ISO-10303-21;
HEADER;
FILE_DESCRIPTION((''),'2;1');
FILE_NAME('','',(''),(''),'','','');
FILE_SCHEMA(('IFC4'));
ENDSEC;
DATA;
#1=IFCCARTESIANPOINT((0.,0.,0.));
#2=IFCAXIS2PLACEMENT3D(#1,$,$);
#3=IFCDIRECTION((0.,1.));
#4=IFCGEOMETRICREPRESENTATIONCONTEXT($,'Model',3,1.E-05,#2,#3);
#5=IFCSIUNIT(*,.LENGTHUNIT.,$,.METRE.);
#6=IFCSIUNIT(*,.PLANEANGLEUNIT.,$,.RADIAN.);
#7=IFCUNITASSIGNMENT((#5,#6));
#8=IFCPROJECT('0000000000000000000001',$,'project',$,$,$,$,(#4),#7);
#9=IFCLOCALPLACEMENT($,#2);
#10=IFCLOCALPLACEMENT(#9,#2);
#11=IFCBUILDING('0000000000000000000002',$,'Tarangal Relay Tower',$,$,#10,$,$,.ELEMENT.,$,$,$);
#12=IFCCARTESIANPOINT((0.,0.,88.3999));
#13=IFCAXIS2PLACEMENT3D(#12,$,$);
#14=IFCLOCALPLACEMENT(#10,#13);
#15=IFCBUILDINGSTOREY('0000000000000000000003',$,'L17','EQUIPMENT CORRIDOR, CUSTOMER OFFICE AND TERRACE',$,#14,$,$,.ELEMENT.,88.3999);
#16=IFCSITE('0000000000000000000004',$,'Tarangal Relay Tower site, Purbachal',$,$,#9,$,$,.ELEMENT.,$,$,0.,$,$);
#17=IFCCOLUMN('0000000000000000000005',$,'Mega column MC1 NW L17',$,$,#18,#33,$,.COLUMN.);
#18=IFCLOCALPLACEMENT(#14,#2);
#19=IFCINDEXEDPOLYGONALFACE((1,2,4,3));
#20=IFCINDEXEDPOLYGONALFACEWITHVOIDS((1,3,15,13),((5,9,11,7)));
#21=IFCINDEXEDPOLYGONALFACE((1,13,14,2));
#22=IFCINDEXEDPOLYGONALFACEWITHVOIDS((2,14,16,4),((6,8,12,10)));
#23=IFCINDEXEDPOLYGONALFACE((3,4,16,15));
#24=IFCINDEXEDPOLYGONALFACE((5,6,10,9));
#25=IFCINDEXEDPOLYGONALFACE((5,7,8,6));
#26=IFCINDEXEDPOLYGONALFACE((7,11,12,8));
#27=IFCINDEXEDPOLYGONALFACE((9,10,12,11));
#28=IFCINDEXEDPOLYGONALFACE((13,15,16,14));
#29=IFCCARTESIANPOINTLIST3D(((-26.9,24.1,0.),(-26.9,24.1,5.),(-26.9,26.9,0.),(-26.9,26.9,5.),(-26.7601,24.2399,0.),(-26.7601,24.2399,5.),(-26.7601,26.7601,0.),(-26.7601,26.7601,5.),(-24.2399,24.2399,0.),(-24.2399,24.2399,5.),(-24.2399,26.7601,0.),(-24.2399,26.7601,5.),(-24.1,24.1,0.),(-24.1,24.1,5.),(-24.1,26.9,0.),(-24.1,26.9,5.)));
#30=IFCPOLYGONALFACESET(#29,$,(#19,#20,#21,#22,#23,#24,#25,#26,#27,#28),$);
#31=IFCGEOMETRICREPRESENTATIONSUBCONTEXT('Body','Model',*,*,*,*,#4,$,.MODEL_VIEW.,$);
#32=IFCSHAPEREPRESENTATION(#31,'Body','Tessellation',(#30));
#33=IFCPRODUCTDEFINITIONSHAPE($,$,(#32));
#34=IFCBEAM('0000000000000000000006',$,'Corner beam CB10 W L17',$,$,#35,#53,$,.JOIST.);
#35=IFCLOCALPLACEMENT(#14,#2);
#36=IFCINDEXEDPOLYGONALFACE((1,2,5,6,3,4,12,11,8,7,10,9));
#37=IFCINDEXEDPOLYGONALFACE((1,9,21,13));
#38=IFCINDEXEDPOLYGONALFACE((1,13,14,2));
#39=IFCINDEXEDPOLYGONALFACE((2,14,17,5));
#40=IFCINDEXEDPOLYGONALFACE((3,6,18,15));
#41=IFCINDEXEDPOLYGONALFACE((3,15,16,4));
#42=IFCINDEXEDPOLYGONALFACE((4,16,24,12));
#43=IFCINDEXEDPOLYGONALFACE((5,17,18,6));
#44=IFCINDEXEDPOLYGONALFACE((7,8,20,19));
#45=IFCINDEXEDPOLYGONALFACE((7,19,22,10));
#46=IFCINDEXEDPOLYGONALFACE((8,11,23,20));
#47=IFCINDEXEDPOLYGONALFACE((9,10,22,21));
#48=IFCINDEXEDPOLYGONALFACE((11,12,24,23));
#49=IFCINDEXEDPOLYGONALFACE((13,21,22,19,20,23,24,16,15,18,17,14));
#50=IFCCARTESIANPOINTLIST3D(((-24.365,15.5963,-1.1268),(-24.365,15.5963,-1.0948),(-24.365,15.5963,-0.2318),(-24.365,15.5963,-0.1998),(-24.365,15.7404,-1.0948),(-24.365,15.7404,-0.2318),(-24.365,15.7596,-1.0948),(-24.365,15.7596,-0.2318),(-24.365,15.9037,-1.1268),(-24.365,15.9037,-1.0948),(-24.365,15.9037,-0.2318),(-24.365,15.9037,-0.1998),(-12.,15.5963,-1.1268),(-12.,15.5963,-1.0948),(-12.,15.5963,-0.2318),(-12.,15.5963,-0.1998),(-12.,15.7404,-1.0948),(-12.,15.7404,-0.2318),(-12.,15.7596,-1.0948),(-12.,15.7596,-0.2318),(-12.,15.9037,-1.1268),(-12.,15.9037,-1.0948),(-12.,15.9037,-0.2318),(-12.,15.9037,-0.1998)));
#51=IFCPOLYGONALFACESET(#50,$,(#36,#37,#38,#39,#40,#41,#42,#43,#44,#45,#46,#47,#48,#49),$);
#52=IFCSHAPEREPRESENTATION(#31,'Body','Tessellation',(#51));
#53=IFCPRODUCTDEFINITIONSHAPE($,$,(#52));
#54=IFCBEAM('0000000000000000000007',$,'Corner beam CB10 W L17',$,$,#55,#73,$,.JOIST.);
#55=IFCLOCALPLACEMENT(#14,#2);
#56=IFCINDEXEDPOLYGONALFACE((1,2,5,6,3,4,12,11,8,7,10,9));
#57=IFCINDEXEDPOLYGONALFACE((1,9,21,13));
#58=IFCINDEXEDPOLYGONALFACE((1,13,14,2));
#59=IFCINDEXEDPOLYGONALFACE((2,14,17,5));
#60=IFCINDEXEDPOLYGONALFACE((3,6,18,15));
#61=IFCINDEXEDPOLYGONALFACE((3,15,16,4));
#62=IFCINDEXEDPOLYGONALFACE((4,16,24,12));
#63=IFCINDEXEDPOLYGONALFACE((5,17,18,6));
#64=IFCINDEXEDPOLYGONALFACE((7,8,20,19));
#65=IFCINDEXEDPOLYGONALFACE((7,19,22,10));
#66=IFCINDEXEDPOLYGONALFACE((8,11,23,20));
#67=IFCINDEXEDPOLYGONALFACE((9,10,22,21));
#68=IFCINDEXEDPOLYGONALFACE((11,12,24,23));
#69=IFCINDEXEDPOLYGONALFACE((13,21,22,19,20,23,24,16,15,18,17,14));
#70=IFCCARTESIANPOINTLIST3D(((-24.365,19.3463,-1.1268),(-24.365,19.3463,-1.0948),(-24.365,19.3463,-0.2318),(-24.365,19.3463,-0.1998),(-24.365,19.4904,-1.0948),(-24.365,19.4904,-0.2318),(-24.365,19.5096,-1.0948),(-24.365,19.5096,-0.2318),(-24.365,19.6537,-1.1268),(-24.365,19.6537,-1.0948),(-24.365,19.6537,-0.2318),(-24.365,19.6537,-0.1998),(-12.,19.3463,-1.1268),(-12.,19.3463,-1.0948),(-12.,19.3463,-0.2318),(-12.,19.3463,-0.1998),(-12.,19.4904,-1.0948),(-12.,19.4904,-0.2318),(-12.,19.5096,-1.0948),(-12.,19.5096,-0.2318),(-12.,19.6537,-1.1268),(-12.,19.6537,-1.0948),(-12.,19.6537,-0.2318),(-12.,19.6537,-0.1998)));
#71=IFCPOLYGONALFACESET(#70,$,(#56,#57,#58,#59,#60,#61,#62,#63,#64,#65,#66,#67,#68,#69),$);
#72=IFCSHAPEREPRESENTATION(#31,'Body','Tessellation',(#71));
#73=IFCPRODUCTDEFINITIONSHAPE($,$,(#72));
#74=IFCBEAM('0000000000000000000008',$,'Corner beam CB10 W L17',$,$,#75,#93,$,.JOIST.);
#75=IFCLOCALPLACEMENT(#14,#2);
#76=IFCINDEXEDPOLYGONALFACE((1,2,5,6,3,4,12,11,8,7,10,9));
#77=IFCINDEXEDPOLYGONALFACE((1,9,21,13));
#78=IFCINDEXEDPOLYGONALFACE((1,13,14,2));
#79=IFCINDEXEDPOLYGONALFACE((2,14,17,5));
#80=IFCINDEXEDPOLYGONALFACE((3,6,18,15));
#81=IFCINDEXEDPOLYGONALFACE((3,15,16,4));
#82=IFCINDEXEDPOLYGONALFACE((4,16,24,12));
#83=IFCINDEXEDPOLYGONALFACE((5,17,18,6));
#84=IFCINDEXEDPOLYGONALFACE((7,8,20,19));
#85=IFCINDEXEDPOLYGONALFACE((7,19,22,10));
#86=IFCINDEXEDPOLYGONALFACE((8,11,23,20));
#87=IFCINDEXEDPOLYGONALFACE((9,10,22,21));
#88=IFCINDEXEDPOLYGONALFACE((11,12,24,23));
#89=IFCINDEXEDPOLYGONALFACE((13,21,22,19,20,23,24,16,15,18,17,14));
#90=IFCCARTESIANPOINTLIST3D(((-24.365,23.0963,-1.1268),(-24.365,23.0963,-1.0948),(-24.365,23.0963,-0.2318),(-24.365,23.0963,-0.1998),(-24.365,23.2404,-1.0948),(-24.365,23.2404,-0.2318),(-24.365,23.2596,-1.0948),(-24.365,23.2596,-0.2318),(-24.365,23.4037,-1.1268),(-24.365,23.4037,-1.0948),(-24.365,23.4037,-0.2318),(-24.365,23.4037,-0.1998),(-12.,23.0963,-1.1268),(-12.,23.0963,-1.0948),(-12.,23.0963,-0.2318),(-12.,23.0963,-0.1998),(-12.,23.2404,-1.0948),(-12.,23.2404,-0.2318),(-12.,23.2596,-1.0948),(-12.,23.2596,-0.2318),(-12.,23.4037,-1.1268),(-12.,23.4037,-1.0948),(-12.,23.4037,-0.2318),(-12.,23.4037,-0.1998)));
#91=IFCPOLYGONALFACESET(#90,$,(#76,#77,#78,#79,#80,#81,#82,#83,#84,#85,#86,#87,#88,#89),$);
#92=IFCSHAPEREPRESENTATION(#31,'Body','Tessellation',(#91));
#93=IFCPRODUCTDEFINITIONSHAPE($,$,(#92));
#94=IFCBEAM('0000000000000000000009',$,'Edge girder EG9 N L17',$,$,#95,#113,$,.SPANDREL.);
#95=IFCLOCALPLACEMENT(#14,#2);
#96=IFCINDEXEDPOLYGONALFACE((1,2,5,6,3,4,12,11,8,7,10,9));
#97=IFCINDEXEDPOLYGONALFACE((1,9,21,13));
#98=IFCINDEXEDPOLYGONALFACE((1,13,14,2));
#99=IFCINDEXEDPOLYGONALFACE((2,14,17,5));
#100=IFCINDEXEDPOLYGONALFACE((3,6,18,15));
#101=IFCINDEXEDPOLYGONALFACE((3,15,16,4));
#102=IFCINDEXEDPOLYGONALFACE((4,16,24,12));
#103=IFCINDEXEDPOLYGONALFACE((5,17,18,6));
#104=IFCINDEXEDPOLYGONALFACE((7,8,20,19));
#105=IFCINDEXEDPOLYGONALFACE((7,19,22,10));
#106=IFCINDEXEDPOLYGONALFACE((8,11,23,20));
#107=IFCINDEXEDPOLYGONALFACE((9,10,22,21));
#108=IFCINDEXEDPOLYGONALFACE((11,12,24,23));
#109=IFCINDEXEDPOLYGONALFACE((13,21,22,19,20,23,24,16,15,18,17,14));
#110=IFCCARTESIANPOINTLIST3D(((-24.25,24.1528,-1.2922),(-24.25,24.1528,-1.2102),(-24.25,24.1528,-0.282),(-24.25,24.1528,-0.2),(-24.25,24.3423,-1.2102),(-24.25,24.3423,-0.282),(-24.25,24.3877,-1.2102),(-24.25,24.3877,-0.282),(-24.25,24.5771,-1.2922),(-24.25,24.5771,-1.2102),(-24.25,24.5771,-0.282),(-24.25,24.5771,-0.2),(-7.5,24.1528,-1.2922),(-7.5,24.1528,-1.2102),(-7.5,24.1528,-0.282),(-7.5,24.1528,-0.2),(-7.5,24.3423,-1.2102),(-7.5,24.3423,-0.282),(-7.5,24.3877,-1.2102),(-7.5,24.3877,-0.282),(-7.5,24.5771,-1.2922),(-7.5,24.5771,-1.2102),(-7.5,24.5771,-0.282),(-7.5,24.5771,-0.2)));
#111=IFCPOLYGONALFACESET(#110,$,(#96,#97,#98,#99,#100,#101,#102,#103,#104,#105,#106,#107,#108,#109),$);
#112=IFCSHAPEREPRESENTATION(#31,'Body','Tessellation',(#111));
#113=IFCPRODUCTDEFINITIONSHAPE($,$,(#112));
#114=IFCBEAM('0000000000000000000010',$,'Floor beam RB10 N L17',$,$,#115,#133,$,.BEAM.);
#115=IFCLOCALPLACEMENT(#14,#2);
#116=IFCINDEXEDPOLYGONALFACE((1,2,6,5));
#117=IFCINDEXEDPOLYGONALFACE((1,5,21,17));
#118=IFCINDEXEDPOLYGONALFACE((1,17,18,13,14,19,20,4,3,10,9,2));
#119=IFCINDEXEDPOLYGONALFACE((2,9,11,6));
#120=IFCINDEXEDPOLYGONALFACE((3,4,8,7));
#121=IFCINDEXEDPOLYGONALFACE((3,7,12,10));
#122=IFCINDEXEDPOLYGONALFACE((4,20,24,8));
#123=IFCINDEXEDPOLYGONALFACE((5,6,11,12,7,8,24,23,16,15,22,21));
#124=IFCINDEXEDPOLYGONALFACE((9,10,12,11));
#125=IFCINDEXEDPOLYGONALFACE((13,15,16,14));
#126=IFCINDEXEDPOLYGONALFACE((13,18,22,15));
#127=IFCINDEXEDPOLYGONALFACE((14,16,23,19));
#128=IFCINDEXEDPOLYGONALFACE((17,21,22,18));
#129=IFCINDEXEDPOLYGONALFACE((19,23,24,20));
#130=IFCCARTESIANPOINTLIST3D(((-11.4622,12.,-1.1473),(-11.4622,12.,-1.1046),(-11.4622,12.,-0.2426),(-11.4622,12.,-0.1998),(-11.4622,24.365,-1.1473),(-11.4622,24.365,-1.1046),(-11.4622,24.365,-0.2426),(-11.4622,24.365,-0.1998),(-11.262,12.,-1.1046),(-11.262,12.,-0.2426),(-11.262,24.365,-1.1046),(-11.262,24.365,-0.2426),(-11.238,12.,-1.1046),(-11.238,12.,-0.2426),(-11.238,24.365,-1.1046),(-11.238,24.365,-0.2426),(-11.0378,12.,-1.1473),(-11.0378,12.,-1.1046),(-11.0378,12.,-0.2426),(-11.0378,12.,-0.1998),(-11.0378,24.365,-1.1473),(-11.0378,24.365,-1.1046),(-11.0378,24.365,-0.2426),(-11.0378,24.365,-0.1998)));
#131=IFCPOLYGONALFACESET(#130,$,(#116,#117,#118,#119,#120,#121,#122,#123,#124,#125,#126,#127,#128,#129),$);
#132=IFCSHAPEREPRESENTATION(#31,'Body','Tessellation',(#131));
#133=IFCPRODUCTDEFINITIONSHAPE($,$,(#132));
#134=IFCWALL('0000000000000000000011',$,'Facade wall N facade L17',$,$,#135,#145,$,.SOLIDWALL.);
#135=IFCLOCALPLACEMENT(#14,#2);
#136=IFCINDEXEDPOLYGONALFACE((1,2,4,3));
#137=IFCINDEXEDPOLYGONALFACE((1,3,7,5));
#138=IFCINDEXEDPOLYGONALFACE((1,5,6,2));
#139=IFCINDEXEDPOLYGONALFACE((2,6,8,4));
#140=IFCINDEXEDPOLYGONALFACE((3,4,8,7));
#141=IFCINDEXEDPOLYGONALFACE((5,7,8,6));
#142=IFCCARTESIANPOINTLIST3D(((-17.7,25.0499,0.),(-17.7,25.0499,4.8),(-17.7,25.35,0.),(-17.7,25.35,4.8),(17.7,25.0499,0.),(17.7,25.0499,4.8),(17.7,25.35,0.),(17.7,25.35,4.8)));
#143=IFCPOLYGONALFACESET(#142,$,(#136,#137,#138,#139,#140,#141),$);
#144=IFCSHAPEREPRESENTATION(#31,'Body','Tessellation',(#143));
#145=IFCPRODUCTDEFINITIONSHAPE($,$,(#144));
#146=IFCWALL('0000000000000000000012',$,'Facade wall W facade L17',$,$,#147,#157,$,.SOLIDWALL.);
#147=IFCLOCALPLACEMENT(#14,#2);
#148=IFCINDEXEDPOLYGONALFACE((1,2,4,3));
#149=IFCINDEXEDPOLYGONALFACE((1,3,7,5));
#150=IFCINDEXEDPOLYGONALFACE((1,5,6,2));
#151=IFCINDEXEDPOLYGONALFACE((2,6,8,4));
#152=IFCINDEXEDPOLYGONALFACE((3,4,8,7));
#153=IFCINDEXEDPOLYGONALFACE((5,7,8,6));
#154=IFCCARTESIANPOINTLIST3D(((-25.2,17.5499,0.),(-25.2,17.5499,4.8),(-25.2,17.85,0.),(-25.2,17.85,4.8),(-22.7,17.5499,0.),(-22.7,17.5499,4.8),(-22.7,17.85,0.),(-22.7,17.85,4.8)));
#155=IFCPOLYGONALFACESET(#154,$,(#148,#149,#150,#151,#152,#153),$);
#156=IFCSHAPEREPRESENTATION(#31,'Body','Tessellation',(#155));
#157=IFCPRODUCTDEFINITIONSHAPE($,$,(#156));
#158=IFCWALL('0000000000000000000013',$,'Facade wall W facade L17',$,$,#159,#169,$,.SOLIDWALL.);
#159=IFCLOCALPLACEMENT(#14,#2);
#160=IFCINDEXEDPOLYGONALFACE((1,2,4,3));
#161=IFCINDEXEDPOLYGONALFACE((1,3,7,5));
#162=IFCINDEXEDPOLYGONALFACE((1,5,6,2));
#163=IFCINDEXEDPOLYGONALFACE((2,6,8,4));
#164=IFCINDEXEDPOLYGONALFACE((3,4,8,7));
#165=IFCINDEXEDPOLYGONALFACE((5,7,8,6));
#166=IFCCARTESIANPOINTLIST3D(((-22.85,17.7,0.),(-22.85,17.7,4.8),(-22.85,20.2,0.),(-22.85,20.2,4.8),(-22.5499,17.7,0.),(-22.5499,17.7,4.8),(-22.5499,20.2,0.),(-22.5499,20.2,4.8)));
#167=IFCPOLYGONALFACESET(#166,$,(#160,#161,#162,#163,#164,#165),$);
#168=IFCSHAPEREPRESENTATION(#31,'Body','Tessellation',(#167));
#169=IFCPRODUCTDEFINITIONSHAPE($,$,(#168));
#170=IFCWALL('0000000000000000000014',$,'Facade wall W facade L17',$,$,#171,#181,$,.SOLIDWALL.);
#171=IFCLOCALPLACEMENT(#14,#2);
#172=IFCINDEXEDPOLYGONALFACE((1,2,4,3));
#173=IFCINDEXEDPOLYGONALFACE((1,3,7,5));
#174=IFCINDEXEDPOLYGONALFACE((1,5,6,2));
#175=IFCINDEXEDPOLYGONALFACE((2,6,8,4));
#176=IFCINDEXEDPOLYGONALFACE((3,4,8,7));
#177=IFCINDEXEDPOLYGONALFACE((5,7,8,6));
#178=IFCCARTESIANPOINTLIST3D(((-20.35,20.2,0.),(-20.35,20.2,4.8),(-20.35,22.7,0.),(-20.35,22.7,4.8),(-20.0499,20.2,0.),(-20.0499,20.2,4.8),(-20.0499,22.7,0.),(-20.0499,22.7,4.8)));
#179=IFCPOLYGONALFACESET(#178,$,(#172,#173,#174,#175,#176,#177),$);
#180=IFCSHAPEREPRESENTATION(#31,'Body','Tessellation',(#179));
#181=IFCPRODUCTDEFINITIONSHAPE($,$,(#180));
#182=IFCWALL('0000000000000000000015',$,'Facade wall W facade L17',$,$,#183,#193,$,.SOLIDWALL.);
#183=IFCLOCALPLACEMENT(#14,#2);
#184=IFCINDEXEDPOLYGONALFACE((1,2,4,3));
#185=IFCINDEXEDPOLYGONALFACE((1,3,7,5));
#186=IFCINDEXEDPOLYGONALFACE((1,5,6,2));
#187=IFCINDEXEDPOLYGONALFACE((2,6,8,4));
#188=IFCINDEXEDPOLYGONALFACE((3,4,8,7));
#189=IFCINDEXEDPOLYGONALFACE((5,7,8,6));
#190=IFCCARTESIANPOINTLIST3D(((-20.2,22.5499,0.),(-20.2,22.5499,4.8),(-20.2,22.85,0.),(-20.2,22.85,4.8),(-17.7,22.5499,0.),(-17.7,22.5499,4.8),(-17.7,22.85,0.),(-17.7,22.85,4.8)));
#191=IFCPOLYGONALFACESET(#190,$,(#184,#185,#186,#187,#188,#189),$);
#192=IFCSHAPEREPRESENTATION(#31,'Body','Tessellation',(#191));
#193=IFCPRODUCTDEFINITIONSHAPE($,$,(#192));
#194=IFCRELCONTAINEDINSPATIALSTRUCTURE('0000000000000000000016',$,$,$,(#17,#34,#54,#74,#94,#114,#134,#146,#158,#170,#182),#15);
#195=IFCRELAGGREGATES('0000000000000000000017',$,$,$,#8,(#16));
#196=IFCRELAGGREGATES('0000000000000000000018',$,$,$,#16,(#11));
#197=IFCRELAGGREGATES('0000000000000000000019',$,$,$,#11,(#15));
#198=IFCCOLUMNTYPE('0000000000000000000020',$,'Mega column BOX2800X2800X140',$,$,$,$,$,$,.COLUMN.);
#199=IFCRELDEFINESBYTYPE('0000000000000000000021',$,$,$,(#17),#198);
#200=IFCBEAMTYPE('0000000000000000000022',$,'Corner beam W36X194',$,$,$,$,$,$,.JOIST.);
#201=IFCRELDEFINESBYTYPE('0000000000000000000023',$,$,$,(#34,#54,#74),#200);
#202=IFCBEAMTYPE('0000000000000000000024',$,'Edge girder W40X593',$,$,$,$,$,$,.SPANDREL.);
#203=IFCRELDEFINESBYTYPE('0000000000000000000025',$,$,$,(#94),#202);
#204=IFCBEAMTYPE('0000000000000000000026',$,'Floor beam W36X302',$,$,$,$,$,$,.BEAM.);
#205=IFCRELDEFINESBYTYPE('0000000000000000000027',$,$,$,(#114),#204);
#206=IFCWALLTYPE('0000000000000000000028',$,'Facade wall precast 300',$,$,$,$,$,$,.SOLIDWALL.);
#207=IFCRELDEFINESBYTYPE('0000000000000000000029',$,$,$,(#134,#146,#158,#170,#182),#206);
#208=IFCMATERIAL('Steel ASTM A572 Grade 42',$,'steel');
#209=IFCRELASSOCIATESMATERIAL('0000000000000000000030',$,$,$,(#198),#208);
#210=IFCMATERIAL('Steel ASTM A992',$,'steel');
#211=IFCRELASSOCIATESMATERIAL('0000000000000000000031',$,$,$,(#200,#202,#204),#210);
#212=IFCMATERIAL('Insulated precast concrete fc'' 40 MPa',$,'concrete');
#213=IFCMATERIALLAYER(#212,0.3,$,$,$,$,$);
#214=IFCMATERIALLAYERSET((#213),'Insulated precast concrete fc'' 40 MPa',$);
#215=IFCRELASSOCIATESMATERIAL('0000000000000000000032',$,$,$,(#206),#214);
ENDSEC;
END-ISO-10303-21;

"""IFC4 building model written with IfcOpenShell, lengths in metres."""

from ifc_helpers import new_model, si_unit, direction, frame, frame_2d, origin, origin_2d, place, context, subcontext, project, spatial, rectangle, hollow_rectangle, i_section, extrude, material, layer, layer_set, material_profile, profile_set, type_object, element, save


model = new_model("IFC4")

# Units and contexts
model_context = context("Model", 3, precision=1e-05, world=origin(), true_north=direction((0.0, 1.0)))
body_context = subcontext(model_context, "Body", "Model", "MODEL_VIEW")
ifc_project = project(units=[si_unit("LENGTHUNIT", "METRE"), si_unit("PLANEANGLEUNIT", "RADIAN")], contexts=[model_context])

# Site, building, storey
site_placement = place(None, origin())
site = spatial("IfcSite", under=ifc_project, at=site_placement, Name="Tarangal Relay Tower site, Purbachal", CompositionType="ELEMENT", RefElevation=0.0)
building_placement = place(site_placement, origin())
building = spatial("IfcBuilding", under=site, at=building_placement, Name="Tarangal Relay Tower", CompositionType="ELEMENT")
storey_placement = place(building_placement, frame((0.0, 0.0, 88.3999)))
storey = spatial("IfcBuildingStorey", under=building, at=storey_placement, Name="L17", Description="EQUIPMENT CORRIDOR, CUSTOMER OFFICE AND TERRACE", CompositionType="ELEMENT", Elevation=88.3999)

# Column
ifc_material_1 = material(Name="Steel ASTM A572 Grade 42", Category="steel")
ifc_material_profile_1 = material_profile(ifc_material_1, hollow_rectangle(XDim=2.8, YDim=2.8, WallThickness=0.1399, at=origin_2d()), Name="BOX2800X2800X140")
ifc_profile_set_1 = profile_set([ifc_material_profile_1], Name="Steel ASTM A572 Grade 42")
column_type = type_object("IfcColumnType", Name="Mega column BOX2800X2800X140", PredefinedType="COLUMN", material=ifc_profile_set_1)
column_placement = place(storey_placement, frame((-25.5, 25.5, 0.0), z_axis=(0.0, 0.0, 1.0), x_axis=(1.0, 0.0, 0.0)))
element("IfcColumn", 1, at=column_placement, inside=storey, type_object=column_type, Name="Mega column MC1 NW L17", PredefinedType="COLUMN", context=body_context, shape_type="SweptSolid", body=[
    extrude(hollow_rectangle(XDim=2.8, YDim=2.8, WallThickness=0.1399, at=origin_2d()), origin(), (0.0, 0.0, 1.0), 5.0),
])

# Beams
ifc_material_2 = material(Name="Steel ASTM A992", Category="steel")
ifc_material_profile_2 = material_profile(ifc_material_2, i_section(OverallWidth=0.3074, OverallDepth=0.927, WebThickness=0.0193, FlangeThickness=0.032, at=origin_2d()), Name="W36X194")
ifc_profile_set_2 = profile_set([ifc_material_profile_2], Name="Steel ASTM A992")
beam_type_1 = type_object("IfcBeamType", Name="Corner beam W36X194", PredefinedType="JOIST", material=ifc_profile_set_2)
for number, where, z_axis, x_axis, name in (
    (2, (-12.0, 15.75, -0.6633), (-1.0, 0.0, 0.0), (0.0, -1.0, 0.0), "Corner beam CB10 W L17"),
    (3, (-12.0, 19.5, -0.6633), (-1.0, 0.0, 0.0), (0.0, -1.0, 0.0), "Corner beam CB10 W L17"),
    (4, (-12.0, 23.25, -0.6633), (-1.0, 0.0, 0.0), (0.0, -1.0, 0.0), "Corner beam CB10 W L17"),
):
    element("IfcBeam", number, at=place(storey_placement, frame(where, z_axis=z_axis, x_axis=x_axis)), inside=storey, type_object=beam_type_1, Name=name, PredefinedType="JOIST", context=body_context, shape_type="SweptSolid", body=[
        extrude(i_section(OverallWidth=0.3074, OverallDepth=0.927, WebThickness=0.0193, FlangeThickness=0.032, at=origin_2d()), origin(), (0.0, 0.0, 1.0), 12.365),
    ])
ifc_material_profile_3 = material_profile(ifc_material_2, i_section(OverallWidth=0.4243, OverallDepth=1.0923, WebThickness=0.0454, FlangeThickness=0.082, at=origin_2d()), Name="W40X593")
ifc_profile_set_3 = profile_set([ifc_material_profile_3], Name="Steel ASTM A992")
beam_type_2 = type_object("IfcBeamType", Name="Edge girder W40X593", PredefinedType="SPANDREL", material=ifc_profile_set_3)
beam_1_placement = place(storey_placement, frame((-24.25, 24.365, -0.7461), z_axis=(1.0, 0.0, 0.0), x_axis=(0.0, 1.0, 0.0)))
element("IfcBeam", 5, at=beam_1_placement, inside=storey, type_object=beam_type_2, Name="Edge girder EG9 N L17", PredefinedType="SPANDREL", context=body_context, shape_type="SweptSolid", body=[
    extrude(i_section(OverallWidth=0.4243, OverallDepth=1.0923, WebThickness=0.0454, FlangeThickness=0.082, at=origin_2d()), origin(), (0.0, 0.0, 1.0), 16.75),
])
ifc_material_profile_4 = material_profile(ifc_material_2, i_section(OverallWidth=0.4243, OverallDepth=0.9475, WebThickness=0.0239, FlangeThickness=0.0427, at=origin_2d()), Name="W36X302")
ifc_profile_set_4 = profile_set([ifc_material_profile_4], Name="Steel ASTM A992")
beam_type_3 = type_object("IfcBeamType", Name="Floor beam W36X302", PredefinedType="BEAM", material=ifc_profile_set_4)
beam_2_placement = place(storey_placement, frame((-11.25, 12.0, -0.6736), z_axis=(0.0, 1.0, 0.0), x_axis=(-1.0, 0.0, 0.0)))
element("IfcBeam", 6, at=beam_2_placement, inside=storey, type_object=beam_type_3, Name="Floor beam RB10 N L17", PredefinedType="BEAM", context=body_context, shape_type="SweptSolid", body=[
    extrude(i_section(OverallWidth=0.4243, OverallDepth=0.9475, WebThickness=0.0239, FlangeThickness=0.0427, at=origin_2d()), origin(), (0.0, 0.0, 1.0), 12.365),
])

# Walls
ifc_material_3 = material(Name="Insulated precast concrete fc' 40 MPa", Category="concrete")
ifc_layer_1 = layer(ifc_material_3, 0.3)
ifc_layer_set_1 = layer_set([ifc_layer_1], Name="Insulated precast concrete fc' 40 MPa")
wall_type_1 = type_object("IfcWallType", Name="Facade wall precast 300", PredefinedType="SOLIDWALL", material=ifc_layer_set_1)
wall_1_placement = place(storey_placement, frame((-17.7, 25.2, 0.0), z_axis=(0.0, 0.0, 1.0), x_axis=(1.0, 0.0, 0.0)))
element("IfcWall", 7, at=wall_1_placement, inside=storey, type_object=wall_type_1, Name="Facade wall N facade L17", PredefinedType="SOLIDWALL", context=body_context, shape_type="SweptSolid", body=[
    extrude(rectangle(XDim=35.3999, YDim=0.3, at=frame_2d((17.7, 0.0))), origin(), (0.0, 0.0, 1.0), 4.8),
])
for number, where, z_axis, x_axis, name in (
    (8, (-25.2, 17.7, 0.0), (0.0, 0.0, 1.0), (1.0, 0.0, 0.0), "Facade wall W facade L17"),
    (9, (-22.7, 17.7, 0.0), (0.0, 0.0, 1.0), (0.0, 1.0, 0.0), "Facade wall W facade L17"),
):
    element("IfcWall", number, at=place(storey_placement, frame(where, z_axis=z_axis, x_axis=x_axis)), inside=storey, type_object=wall_type_1, Name=name, PredefinedType="SOLIDWALL", context=body_context, shape_type="SweptSolid", body=[
        extrude(rectangle(XDim=2.5, YDim=0.3, at=frame_2d((1.25, 0.0))), origin(), (0.0, 0.0, 1.0), 4.8),
    ])

# Walls
for number, where, z_axis, x_axis, name in (
    (10, (-20.2, 20.2, 0.0), (0.0, 0.0, 1.0), (0.0, 1.0, 0.0), "Facade wall W facade L17"),
    (11, (-20.2, 22.7, 0.0), (0.0, 0.0, 1.0), (1.0, 0.0, 0.0), "Facade wall W facade L17"),
):
    element("IfcWall", number, at=place(storey_placement, frame(where, z_axis=z_axis, x_axis=x_axis)), inside=storey, type_object=wall_type_1, Name=name, PredefinedType="SOLIDWALL", context=body_context, shape_type="SweptSolid", body=[
        extrude(rectangle(XDim=2.5, YDim=0.3, at=frame_2d((1.25, 0.0))), origin(), (0.0, 0.0, 1.0), 4.8),
    ])

save(model, "model.ifc")
